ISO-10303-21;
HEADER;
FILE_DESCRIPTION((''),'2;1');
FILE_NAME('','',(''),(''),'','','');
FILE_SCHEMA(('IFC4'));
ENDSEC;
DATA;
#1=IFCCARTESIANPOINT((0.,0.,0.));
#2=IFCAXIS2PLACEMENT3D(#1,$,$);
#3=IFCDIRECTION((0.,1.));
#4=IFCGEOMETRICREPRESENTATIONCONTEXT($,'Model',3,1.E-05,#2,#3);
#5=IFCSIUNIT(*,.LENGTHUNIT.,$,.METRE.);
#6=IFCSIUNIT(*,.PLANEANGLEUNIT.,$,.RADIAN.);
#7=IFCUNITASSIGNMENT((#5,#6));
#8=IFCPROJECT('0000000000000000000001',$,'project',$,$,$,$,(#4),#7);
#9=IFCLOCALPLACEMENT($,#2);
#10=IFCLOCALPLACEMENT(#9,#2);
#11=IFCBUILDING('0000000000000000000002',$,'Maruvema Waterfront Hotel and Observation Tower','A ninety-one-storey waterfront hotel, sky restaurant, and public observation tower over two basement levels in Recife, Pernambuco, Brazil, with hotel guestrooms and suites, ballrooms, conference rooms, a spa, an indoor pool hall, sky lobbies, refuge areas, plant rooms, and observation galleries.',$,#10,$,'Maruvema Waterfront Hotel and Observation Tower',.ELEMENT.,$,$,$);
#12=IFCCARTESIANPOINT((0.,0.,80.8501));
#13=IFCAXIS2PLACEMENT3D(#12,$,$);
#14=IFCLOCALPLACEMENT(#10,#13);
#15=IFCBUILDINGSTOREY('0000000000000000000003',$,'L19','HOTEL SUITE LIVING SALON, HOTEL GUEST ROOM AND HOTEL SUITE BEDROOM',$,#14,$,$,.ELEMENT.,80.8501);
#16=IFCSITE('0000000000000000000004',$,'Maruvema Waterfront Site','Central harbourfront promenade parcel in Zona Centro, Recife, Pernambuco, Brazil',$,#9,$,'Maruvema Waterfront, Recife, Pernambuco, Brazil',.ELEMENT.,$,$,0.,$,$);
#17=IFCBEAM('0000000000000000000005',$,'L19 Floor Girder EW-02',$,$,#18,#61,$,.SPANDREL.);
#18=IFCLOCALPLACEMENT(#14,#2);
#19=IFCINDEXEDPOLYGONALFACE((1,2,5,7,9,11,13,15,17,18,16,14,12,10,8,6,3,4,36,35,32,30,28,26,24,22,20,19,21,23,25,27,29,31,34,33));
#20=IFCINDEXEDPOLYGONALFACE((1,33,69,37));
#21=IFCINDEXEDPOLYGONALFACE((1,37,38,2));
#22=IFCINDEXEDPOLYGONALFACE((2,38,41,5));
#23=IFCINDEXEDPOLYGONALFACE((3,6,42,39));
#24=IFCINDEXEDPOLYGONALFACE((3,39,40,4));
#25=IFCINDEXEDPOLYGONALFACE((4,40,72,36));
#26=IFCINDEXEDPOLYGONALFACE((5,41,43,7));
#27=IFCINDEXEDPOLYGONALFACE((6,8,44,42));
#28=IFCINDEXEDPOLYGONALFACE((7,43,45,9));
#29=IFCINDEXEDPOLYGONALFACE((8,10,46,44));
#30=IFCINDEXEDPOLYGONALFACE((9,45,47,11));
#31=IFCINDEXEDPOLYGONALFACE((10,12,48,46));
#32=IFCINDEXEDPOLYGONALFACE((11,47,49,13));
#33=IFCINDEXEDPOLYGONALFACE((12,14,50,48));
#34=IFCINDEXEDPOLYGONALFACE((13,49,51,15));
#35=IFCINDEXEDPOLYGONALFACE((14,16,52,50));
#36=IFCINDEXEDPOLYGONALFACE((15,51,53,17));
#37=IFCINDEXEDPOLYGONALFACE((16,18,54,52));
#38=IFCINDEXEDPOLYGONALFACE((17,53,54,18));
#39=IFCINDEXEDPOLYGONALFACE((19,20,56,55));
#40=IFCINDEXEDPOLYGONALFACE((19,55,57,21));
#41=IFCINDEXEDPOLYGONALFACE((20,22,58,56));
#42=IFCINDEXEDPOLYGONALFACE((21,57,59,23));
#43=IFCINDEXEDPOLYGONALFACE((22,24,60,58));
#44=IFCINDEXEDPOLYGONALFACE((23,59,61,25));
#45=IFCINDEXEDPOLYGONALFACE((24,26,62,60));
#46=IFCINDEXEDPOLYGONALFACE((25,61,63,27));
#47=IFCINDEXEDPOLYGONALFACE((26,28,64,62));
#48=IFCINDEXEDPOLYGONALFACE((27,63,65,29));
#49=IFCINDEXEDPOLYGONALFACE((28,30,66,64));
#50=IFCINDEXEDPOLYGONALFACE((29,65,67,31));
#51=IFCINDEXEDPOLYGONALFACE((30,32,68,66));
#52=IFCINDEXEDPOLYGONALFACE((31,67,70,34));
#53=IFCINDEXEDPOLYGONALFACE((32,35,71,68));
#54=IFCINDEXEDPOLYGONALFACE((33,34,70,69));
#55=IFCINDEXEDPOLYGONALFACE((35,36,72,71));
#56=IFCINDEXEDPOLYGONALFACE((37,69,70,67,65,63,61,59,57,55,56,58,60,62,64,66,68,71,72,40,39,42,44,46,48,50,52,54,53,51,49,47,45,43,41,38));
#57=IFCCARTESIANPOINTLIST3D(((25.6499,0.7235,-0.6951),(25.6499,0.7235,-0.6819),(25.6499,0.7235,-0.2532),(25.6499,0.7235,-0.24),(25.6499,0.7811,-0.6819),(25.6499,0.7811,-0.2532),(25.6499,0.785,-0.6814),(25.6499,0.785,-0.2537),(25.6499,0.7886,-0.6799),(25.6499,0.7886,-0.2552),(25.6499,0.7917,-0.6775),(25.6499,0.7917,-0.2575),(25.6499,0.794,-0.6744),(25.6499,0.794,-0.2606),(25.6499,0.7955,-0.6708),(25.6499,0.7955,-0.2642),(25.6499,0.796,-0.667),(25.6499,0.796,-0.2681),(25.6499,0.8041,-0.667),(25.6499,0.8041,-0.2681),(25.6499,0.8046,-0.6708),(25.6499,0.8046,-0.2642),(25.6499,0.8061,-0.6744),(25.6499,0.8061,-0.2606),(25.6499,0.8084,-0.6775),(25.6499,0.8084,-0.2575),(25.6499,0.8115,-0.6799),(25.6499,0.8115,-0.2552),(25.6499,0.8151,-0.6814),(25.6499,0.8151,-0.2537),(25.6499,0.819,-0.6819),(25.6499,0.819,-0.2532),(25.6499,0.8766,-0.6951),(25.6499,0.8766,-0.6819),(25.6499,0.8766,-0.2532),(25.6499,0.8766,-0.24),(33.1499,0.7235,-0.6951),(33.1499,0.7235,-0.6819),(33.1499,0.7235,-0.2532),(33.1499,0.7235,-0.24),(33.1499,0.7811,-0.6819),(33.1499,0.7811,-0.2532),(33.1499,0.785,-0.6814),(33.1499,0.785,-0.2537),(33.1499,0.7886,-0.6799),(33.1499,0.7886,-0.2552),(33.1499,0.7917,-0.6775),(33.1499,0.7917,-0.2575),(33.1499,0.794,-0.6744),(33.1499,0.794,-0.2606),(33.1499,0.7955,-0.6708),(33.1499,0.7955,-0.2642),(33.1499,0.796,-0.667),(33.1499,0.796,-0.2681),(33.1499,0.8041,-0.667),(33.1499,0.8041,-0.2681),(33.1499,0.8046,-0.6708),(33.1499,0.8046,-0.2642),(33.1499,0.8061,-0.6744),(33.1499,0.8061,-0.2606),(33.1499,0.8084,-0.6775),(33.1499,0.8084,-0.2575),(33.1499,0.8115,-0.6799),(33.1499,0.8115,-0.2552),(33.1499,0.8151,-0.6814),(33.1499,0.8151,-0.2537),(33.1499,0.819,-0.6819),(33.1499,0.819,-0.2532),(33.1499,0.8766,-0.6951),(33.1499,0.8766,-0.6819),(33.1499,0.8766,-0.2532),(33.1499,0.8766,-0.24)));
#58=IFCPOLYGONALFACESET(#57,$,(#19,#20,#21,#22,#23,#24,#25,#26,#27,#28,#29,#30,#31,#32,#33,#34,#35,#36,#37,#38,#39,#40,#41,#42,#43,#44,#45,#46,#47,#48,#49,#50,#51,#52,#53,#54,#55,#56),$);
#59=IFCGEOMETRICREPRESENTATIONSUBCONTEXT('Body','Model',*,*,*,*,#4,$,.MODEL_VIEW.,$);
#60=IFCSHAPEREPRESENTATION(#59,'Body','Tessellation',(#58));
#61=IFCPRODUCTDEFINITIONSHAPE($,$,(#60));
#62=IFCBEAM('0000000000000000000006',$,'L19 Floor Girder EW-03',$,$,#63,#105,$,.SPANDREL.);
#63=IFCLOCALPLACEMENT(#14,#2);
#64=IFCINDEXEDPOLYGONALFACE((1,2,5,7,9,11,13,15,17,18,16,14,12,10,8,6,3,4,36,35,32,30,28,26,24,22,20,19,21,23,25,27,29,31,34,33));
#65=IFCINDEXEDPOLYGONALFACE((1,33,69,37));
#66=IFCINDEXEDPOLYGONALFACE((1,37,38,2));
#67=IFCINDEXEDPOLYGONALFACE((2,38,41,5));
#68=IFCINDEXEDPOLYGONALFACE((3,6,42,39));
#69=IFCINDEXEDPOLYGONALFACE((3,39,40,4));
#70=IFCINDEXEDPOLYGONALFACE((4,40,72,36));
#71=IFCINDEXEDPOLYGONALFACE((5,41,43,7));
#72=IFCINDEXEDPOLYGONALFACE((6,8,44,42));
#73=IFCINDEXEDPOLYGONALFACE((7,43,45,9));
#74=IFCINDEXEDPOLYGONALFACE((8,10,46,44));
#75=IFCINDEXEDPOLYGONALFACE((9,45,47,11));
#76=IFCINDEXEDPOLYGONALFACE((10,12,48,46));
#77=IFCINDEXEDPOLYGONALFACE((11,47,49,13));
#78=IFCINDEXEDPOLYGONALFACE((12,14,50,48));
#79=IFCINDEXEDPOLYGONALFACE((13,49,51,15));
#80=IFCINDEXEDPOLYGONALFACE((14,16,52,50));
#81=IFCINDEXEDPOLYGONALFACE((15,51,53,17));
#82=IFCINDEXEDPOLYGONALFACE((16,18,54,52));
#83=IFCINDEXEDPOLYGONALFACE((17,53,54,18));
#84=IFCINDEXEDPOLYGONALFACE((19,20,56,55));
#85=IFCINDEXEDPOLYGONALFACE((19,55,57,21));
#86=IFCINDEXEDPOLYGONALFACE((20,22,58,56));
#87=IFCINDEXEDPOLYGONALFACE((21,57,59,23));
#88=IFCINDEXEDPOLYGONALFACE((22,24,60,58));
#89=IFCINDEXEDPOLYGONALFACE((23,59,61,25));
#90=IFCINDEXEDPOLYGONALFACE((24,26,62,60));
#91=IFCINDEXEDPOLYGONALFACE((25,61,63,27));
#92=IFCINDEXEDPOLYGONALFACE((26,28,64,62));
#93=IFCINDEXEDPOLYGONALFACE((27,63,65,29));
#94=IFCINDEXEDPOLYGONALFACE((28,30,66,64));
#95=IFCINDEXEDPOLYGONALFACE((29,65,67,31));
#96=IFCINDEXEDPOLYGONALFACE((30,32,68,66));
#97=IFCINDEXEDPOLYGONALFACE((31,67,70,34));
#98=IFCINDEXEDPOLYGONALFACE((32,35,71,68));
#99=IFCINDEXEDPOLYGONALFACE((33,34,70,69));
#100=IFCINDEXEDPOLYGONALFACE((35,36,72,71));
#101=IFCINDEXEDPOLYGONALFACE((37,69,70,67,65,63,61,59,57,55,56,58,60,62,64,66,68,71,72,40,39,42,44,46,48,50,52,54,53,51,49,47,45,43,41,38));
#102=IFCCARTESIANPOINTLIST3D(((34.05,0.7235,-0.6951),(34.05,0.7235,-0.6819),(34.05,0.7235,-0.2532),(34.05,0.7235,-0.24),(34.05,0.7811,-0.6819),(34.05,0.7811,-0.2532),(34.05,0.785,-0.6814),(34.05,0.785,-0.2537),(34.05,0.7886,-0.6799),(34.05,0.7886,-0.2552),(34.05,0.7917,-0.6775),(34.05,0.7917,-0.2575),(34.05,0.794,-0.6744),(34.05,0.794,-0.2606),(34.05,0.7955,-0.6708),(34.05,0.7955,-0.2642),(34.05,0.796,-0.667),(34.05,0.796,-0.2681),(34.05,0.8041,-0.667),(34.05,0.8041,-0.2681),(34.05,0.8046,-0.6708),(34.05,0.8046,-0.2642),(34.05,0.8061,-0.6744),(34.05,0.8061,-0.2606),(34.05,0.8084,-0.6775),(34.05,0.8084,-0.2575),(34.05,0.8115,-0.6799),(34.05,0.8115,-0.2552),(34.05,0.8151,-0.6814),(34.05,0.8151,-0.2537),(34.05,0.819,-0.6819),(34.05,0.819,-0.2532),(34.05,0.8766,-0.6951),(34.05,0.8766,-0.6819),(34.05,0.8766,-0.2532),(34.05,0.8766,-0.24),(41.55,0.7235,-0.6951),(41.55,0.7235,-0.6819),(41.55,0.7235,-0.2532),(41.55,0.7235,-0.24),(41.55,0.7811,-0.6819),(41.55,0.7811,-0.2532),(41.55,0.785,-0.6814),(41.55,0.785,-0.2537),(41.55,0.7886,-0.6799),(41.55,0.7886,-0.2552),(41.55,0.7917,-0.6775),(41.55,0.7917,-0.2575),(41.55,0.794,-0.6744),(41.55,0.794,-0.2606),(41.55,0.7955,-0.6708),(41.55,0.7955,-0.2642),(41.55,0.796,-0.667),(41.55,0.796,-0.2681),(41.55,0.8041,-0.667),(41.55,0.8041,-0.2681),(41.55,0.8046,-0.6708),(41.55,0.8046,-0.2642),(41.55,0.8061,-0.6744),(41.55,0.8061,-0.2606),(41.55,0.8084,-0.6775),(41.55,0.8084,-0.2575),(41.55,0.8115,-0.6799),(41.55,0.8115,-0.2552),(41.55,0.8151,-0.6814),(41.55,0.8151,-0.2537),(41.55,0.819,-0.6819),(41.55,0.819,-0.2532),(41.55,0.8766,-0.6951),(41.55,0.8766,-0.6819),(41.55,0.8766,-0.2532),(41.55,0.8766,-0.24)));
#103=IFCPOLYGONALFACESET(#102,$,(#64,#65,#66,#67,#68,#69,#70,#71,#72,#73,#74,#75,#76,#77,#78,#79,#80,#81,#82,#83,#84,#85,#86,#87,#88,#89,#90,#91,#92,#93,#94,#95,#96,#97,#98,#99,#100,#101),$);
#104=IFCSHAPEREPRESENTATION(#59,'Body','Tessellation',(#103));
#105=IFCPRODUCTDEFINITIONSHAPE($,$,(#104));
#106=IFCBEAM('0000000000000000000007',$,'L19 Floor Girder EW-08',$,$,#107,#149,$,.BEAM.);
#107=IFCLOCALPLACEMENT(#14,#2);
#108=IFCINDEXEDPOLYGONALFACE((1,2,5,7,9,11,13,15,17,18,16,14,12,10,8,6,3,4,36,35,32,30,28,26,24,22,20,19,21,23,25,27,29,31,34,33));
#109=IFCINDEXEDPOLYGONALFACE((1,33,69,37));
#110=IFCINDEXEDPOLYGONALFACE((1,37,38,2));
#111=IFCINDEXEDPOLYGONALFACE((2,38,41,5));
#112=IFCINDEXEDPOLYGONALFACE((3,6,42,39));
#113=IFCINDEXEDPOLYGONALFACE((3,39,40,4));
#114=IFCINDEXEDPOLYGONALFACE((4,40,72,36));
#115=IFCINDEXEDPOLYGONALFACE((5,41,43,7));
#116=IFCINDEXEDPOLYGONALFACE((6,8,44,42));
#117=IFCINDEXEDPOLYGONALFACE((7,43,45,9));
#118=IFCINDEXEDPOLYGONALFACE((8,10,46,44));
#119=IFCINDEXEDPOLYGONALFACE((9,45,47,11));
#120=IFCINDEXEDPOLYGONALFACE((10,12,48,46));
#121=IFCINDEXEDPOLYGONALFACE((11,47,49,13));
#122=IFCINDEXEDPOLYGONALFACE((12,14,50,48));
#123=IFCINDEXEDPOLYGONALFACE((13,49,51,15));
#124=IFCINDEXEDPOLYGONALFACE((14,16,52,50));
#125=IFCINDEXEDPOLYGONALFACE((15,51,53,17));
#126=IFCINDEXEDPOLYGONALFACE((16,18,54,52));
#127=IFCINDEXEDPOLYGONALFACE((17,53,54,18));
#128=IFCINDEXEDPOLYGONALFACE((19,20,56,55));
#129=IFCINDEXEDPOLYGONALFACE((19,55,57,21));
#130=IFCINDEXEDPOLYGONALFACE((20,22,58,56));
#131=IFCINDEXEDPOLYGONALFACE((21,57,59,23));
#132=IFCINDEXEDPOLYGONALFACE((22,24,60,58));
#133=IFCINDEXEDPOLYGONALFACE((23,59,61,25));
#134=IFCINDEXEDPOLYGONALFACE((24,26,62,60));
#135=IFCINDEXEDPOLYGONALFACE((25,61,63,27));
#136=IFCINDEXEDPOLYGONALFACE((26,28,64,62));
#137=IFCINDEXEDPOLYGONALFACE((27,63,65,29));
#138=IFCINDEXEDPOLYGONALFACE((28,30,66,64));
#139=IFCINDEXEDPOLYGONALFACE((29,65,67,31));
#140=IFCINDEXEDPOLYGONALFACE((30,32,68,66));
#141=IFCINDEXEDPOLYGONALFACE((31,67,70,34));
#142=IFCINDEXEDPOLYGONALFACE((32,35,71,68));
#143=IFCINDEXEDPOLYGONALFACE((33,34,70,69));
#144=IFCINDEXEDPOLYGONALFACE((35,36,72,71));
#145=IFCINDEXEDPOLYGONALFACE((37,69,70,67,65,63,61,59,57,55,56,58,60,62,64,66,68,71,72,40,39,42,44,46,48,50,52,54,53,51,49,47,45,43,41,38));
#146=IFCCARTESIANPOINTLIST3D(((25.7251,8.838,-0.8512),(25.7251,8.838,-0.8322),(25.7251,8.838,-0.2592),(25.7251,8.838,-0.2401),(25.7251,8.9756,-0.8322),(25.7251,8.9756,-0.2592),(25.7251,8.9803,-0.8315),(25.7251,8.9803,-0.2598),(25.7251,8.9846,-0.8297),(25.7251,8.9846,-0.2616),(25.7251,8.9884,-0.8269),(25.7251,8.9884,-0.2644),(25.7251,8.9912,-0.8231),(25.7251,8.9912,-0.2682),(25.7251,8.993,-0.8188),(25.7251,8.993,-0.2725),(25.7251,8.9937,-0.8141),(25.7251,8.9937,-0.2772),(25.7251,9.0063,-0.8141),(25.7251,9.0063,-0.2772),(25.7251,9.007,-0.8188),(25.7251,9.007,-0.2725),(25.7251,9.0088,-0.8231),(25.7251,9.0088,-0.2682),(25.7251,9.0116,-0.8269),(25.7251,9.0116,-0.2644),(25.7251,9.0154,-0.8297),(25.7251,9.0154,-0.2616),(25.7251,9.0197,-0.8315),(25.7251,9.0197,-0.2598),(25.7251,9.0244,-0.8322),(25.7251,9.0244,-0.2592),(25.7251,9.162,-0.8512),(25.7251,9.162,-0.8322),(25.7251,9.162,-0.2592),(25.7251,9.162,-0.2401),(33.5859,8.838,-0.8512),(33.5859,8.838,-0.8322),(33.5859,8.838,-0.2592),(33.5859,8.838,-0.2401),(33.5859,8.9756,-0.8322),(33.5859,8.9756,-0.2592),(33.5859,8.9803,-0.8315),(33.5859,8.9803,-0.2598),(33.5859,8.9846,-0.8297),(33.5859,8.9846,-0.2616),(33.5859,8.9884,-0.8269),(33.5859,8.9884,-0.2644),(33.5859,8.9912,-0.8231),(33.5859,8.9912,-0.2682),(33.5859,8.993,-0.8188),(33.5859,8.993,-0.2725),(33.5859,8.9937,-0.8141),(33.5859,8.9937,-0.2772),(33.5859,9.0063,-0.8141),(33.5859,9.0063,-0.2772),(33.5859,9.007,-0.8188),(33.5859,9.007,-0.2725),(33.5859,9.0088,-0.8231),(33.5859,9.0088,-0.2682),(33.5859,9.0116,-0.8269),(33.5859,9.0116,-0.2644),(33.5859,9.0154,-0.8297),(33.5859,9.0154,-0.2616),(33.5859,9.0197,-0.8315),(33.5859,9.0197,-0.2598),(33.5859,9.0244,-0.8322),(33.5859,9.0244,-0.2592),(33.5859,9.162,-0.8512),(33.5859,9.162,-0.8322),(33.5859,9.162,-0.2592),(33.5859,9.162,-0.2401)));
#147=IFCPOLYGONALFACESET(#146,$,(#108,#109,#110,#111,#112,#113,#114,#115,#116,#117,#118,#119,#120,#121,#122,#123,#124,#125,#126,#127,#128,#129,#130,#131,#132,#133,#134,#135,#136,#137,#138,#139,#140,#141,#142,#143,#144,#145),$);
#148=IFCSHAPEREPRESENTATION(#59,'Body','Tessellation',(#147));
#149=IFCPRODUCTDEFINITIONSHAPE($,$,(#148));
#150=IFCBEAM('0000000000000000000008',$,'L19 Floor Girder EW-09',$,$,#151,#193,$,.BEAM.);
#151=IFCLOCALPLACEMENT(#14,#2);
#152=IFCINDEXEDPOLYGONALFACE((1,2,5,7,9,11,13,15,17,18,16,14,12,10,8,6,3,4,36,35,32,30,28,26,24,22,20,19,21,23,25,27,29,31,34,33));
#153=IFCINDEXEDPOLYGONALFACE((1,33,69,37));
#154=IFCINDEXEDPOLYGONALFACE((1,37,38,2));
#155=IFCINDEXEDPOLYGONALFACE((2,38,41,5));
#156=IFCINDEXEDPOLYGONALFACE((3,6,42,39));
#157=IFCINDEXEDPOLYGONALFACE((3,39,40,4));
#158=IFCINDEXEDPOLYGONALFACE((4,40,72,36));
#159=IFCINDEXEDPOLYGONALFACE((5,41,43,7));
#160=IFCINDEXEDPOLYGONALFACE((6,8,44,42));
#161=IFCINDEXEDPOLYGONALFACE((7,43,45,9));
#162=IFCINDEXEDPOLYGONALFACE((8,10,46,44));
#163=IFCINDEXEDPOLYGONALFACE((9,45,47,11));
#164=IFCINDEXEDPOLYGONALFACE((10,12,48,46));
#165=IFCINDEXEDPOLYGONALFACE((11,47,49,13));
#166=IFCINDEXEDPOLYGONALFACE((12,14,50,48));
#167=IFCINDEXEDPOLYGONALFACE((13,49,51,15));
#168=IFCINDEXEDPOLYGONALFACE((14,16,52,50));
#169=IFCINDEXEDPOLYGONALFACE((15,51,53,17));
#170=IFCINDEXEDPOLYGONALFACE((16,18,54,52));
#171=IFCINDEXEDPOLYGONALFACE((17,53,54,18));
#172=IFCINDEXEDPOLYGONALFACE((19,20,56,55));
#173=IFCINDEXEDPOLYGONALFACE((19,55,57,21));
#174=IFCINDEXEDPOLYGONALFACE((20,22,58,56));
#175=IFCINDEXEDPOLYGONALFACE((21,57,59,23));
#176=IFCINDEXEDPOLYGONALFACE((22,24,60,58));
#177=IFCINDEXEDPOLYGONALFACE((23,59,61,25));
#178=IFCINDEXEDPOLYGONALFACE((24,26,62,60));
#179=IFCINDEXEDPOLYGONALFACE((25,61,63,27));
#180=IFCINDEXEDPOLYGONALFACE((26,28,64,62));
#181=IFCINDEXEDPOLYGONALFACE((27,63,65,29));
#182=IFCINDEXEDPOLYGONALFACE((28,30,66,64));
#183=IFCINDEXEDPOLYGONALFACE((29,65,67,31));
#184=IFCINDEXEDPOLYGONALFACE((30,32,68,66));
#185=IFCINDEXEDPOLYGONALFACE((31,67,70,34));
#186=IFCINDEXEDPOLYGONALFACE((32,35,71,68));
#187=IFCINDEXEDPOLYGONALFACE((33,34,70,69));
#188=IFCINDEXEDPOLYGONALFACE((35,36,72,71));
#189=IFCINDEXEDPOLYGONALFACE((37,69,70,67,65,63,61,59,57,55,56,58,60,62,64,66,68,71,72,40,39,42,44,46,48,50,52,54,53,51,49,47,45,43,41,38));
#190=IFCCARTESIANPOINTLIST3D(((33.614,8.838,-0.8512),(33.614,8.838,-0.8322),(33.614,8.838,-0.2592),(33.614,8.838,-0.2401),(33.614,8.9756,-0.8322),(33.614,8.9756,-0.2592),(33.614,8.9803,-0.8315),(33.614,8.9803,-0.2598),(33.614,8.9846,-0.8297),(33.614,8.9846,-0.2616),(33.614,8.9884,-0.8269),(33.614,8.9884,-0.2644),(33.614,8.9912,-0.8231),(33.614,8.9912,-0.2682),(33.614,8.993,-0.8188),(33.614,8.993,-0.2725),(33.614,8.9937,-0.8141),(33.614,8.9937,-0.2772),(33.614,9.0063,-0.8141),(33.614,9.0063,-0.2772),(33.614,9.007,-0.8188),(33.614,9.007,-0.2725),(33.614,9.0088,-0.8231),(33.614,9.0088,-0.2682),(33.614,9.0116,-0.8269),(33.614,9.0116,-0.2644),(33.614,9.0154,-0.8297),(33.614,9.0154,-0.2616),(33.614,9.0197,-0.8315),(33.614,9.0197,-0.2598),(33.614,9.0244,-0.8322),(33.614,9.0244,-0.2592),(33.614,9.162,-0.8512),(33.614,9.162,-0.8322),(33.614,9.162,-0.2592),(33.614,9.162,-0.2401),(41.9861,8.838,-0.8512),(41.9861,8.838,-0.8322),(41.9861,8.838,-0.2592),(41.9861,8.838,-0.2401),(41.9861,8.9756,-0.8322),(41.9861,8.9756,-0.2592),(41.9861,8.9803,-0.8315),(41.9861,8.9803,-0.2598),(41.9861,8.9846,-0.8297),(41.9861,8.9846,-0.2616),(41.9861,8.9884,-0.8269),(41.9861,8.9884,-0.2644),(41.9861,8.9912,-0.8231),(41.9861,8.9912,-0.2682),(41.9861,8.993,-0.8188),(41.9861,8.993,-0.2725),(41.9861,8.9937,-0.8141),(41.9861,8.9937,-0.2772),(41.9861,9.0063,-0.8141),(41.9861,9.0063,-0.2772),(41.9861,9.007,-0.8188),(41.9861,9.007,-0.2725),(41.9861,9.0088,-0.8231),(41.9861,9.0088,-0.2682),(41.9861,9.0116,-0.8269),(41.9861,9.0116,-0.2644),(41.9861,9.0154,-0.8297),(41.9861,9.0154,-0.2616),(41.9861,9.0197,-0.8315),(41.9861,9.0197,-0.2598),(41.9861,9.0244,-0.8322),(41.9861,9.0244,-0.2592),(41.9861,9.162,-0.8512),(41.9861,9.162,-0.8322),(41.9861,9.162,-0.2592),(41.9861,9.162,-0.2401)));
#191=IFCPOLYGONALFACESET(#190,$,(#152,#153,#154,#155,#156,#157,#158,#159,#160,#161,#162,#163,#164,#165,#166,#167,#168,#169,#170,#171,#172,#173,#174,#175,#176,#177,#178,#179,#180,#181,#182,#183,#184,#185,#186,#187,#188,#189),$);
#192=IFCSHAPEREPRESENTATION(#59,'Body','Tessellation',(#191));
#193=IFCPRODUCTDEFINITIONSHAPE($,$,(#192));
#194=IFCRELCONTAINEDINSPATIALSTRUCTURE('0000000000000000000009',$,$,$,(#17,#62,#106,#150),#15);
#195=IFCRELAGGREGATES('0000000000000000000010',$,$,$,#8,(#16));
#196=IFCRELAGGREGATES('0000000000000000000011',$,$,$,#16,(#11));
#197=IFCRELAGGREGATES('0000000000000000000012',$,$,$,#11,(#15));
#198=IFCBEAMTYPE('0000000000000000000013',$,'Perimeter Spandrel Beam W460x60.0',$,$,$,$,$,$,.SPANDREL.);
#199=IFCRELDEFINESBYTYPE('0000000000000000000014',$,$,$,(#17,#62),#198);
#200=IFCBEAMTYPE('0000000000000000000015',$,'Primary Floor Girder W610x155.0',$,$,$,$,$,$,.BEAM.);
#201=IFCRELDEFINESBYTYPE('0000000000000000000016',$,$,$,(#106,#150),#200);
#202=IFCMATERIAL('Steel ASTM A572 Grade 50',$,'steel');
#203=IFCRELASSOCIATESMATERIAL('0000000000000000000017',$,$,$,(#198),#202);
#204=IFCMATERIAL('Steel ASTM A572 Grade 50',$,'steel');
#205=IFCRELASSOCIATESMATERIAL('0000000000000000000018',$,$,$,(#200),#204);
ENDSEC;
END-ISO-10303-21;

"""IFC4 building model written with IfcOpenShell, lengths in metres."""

from ifc_helpers import new_model, si_unit, direction, frame, origin, origin_2d, place, context, subcontext, project, spatial, i_section, extrude, material, material_profile, profile_set, type_object, element, save


model = new_model("IFC4")

# Units and contexts
model_context = context("Model", 3, precision=1e-05, world=origin(), true_north=direction((0.0, 1.0)))
body_context = subcontext(model_context, "Body", "Model", "MODEL_VIEW")
ifc_project = project(units=[si_unit("LENGTHUNIT", "METRE"), si_unit("PLANEANGLEUNIT", "RADIAN")], contexts=[model_context])

# Site, building, storey
site_placement = place(None, origin())
site = spatial("IfcSite", under=ifc_project, at=site_placement, Name="Maruvema Waterfront Site", Description="Central harbourfront promenade parcel in Zona Centro, Recife, Pernambuco, Brazil", LongName="Maruvema Waterfront, Recife, Pernambuco, Brazil", CompositionType="ELEMENT", RefElevation=0.0)
building_placement = place(site_placement, origin())
building = spatial("IfcBuilding", under=site, at=building_placement, Name="Maruvema Waterfront Hotel and Observation Tower", Description="A ninety-one-storey waterfront hotel, sky restaurant, and public observation tower over two basement levels in Recife, Pernambuco, Brazil, with hotel guestrooms and suites, ballrooms, conference rooms, a spa, an indoor pool hall, sky lobbies, refuge areas, plant rooms, and observation galleries.", LongName="Maruvema Waterfront Hotel and Observation Tower", CompositionType="ELEMENT")
storey_placement = place(building_placement, frame((0.0, 0.0, 80.8501)))
storey = spatial("IfcBuildingStorey", under=building, at=storey_placement, Name="L19", Description="HOTEL SUITE LIVING SALON, HOTEL GUEST ROOM AND HOTEL SUITE BEDROOM", CompositionType="ELEMENT", Elevation=80.8501)

# Beams
ifc_material_1 = material(Name="Steel ASTM A572 Grade 50", Category="steel")
ifc_material_profile_1 = material_profile(ifc_material_1, i_section(OverallWidth=0.1531, OverallDepth=0.4551, WebThickness=0.0081, FlangeThickness=0.0132, FilletRadius=0.0149, at=origin_2d()), Name="W460x60.0")
ifc_profile_set_1 = profile_set([ifc_material_profile_1], Name="Steel ASTM A572 Grade 50")
beam_type_1 = type_object("IfcBeamType", Name="Perimeter Spandrel Beam W460x60.0", PredefinedType="SPANDREL", material=ifc_profile_set_1)
for number, where, z_axis, x_axis, name in (
    (1, (25.6499, 0.8, -0.4675), (1.0, 0.0, 0.0), (0.0, 1.0, 0.0), "L19 Floor Girder EW-02"),
    (2, (34.05, 0.8, -0.4675), (1.0, 0.0, 0.0), (0.0, 1.0, 0.0), "L19 Floor Girder EW-03"),
):
    element("IfcBeam", number, at=place(storey_placement, frame(where, z_axis=z_axis, x_axis=x_axis)), inside=storey, type_object=beam_type_1, Name=name, PredefinedType="SPANDREL", context=body_context, shape_type="SweptSolid", body=[
        extrude(i_section(OverallWidth=0.1531, OverallDepth=0.4551, WebThickness=0.0081, FlangeThickness=0.0132, FilletRadius=0.0149, at=origin_2d()), origin(), (0.0, 0.0, 1.0), 7.5),
    ])
ifc_material_2 = material(Name="Steel ASTM A572 Grade 50", Category="steel")
ifc_material_profile_2 = material_profile(ifc_material_2, i_section(OverallWidth=0.324, OverallDepth=0.6111, WebThickness=0.0127, FlangeThickness=0.019, FilletRadius=0.0181, at=origin_2d()), Name="W610x155.0")
ifc_profile_set_2 = profile_set([ifc_material_profile_2], Name="Steel ASTM A572 Grade 50")
beam_type_2 = type_object("IfcBeamType", Name="Primary Floor Girder W610x155.0", PredefinedType="BEAM", material=ifc_profile_set_2)
beam_1_placement = place(storey_placement, frame((25.7251, 9.0, -0.5457), z_axis=(1.0, 0.0, 0.0), x_axis=(0.0, 1.0, 0.0)))
element("IfcBeam", 3, at=beam_1_placement, inside=storey, type_object=beam_type_2, Name="L19 Floor Girder EW-08", PredefinedType="BEAM", context=body_context, shape_type="SweptSolid", body=[
    extrude(i_section(OverallWidth=0.324, OverallDepth=0.6111, WebThickness=0.0127, FlangeThickness=0.019, FilletRadius=0.0181, at=origin_2d()), origin(), (0.0, 0.0, 1.0), 7.8608),
])
beam_2_placement = place(storey_placement, frame((33.614, 9.0, -0.5457), z_axis=(1.0, 0.0, 0.0), x_axis=(0.0, 1.0, 0.0)))
element("IfcBeam", 4, at=beam_2_placement, inside=storey, type_object=beam_type_2, Name="L19 Floor Girder EW-09", PredefinedType="BEAM", context=body_context, shape_type="SweptSolid", body=[
    extrude(i_section(OverallWidth=0.324, OverallDepth=0.6111, WebThickness=0.0127, FlangeThickness=0.019, FilletRadius=0.0181, at=origin_2d()), origin(), (0.0, 0.0, 1.0), 8.3721),
])

save(model, "model.ifc")
